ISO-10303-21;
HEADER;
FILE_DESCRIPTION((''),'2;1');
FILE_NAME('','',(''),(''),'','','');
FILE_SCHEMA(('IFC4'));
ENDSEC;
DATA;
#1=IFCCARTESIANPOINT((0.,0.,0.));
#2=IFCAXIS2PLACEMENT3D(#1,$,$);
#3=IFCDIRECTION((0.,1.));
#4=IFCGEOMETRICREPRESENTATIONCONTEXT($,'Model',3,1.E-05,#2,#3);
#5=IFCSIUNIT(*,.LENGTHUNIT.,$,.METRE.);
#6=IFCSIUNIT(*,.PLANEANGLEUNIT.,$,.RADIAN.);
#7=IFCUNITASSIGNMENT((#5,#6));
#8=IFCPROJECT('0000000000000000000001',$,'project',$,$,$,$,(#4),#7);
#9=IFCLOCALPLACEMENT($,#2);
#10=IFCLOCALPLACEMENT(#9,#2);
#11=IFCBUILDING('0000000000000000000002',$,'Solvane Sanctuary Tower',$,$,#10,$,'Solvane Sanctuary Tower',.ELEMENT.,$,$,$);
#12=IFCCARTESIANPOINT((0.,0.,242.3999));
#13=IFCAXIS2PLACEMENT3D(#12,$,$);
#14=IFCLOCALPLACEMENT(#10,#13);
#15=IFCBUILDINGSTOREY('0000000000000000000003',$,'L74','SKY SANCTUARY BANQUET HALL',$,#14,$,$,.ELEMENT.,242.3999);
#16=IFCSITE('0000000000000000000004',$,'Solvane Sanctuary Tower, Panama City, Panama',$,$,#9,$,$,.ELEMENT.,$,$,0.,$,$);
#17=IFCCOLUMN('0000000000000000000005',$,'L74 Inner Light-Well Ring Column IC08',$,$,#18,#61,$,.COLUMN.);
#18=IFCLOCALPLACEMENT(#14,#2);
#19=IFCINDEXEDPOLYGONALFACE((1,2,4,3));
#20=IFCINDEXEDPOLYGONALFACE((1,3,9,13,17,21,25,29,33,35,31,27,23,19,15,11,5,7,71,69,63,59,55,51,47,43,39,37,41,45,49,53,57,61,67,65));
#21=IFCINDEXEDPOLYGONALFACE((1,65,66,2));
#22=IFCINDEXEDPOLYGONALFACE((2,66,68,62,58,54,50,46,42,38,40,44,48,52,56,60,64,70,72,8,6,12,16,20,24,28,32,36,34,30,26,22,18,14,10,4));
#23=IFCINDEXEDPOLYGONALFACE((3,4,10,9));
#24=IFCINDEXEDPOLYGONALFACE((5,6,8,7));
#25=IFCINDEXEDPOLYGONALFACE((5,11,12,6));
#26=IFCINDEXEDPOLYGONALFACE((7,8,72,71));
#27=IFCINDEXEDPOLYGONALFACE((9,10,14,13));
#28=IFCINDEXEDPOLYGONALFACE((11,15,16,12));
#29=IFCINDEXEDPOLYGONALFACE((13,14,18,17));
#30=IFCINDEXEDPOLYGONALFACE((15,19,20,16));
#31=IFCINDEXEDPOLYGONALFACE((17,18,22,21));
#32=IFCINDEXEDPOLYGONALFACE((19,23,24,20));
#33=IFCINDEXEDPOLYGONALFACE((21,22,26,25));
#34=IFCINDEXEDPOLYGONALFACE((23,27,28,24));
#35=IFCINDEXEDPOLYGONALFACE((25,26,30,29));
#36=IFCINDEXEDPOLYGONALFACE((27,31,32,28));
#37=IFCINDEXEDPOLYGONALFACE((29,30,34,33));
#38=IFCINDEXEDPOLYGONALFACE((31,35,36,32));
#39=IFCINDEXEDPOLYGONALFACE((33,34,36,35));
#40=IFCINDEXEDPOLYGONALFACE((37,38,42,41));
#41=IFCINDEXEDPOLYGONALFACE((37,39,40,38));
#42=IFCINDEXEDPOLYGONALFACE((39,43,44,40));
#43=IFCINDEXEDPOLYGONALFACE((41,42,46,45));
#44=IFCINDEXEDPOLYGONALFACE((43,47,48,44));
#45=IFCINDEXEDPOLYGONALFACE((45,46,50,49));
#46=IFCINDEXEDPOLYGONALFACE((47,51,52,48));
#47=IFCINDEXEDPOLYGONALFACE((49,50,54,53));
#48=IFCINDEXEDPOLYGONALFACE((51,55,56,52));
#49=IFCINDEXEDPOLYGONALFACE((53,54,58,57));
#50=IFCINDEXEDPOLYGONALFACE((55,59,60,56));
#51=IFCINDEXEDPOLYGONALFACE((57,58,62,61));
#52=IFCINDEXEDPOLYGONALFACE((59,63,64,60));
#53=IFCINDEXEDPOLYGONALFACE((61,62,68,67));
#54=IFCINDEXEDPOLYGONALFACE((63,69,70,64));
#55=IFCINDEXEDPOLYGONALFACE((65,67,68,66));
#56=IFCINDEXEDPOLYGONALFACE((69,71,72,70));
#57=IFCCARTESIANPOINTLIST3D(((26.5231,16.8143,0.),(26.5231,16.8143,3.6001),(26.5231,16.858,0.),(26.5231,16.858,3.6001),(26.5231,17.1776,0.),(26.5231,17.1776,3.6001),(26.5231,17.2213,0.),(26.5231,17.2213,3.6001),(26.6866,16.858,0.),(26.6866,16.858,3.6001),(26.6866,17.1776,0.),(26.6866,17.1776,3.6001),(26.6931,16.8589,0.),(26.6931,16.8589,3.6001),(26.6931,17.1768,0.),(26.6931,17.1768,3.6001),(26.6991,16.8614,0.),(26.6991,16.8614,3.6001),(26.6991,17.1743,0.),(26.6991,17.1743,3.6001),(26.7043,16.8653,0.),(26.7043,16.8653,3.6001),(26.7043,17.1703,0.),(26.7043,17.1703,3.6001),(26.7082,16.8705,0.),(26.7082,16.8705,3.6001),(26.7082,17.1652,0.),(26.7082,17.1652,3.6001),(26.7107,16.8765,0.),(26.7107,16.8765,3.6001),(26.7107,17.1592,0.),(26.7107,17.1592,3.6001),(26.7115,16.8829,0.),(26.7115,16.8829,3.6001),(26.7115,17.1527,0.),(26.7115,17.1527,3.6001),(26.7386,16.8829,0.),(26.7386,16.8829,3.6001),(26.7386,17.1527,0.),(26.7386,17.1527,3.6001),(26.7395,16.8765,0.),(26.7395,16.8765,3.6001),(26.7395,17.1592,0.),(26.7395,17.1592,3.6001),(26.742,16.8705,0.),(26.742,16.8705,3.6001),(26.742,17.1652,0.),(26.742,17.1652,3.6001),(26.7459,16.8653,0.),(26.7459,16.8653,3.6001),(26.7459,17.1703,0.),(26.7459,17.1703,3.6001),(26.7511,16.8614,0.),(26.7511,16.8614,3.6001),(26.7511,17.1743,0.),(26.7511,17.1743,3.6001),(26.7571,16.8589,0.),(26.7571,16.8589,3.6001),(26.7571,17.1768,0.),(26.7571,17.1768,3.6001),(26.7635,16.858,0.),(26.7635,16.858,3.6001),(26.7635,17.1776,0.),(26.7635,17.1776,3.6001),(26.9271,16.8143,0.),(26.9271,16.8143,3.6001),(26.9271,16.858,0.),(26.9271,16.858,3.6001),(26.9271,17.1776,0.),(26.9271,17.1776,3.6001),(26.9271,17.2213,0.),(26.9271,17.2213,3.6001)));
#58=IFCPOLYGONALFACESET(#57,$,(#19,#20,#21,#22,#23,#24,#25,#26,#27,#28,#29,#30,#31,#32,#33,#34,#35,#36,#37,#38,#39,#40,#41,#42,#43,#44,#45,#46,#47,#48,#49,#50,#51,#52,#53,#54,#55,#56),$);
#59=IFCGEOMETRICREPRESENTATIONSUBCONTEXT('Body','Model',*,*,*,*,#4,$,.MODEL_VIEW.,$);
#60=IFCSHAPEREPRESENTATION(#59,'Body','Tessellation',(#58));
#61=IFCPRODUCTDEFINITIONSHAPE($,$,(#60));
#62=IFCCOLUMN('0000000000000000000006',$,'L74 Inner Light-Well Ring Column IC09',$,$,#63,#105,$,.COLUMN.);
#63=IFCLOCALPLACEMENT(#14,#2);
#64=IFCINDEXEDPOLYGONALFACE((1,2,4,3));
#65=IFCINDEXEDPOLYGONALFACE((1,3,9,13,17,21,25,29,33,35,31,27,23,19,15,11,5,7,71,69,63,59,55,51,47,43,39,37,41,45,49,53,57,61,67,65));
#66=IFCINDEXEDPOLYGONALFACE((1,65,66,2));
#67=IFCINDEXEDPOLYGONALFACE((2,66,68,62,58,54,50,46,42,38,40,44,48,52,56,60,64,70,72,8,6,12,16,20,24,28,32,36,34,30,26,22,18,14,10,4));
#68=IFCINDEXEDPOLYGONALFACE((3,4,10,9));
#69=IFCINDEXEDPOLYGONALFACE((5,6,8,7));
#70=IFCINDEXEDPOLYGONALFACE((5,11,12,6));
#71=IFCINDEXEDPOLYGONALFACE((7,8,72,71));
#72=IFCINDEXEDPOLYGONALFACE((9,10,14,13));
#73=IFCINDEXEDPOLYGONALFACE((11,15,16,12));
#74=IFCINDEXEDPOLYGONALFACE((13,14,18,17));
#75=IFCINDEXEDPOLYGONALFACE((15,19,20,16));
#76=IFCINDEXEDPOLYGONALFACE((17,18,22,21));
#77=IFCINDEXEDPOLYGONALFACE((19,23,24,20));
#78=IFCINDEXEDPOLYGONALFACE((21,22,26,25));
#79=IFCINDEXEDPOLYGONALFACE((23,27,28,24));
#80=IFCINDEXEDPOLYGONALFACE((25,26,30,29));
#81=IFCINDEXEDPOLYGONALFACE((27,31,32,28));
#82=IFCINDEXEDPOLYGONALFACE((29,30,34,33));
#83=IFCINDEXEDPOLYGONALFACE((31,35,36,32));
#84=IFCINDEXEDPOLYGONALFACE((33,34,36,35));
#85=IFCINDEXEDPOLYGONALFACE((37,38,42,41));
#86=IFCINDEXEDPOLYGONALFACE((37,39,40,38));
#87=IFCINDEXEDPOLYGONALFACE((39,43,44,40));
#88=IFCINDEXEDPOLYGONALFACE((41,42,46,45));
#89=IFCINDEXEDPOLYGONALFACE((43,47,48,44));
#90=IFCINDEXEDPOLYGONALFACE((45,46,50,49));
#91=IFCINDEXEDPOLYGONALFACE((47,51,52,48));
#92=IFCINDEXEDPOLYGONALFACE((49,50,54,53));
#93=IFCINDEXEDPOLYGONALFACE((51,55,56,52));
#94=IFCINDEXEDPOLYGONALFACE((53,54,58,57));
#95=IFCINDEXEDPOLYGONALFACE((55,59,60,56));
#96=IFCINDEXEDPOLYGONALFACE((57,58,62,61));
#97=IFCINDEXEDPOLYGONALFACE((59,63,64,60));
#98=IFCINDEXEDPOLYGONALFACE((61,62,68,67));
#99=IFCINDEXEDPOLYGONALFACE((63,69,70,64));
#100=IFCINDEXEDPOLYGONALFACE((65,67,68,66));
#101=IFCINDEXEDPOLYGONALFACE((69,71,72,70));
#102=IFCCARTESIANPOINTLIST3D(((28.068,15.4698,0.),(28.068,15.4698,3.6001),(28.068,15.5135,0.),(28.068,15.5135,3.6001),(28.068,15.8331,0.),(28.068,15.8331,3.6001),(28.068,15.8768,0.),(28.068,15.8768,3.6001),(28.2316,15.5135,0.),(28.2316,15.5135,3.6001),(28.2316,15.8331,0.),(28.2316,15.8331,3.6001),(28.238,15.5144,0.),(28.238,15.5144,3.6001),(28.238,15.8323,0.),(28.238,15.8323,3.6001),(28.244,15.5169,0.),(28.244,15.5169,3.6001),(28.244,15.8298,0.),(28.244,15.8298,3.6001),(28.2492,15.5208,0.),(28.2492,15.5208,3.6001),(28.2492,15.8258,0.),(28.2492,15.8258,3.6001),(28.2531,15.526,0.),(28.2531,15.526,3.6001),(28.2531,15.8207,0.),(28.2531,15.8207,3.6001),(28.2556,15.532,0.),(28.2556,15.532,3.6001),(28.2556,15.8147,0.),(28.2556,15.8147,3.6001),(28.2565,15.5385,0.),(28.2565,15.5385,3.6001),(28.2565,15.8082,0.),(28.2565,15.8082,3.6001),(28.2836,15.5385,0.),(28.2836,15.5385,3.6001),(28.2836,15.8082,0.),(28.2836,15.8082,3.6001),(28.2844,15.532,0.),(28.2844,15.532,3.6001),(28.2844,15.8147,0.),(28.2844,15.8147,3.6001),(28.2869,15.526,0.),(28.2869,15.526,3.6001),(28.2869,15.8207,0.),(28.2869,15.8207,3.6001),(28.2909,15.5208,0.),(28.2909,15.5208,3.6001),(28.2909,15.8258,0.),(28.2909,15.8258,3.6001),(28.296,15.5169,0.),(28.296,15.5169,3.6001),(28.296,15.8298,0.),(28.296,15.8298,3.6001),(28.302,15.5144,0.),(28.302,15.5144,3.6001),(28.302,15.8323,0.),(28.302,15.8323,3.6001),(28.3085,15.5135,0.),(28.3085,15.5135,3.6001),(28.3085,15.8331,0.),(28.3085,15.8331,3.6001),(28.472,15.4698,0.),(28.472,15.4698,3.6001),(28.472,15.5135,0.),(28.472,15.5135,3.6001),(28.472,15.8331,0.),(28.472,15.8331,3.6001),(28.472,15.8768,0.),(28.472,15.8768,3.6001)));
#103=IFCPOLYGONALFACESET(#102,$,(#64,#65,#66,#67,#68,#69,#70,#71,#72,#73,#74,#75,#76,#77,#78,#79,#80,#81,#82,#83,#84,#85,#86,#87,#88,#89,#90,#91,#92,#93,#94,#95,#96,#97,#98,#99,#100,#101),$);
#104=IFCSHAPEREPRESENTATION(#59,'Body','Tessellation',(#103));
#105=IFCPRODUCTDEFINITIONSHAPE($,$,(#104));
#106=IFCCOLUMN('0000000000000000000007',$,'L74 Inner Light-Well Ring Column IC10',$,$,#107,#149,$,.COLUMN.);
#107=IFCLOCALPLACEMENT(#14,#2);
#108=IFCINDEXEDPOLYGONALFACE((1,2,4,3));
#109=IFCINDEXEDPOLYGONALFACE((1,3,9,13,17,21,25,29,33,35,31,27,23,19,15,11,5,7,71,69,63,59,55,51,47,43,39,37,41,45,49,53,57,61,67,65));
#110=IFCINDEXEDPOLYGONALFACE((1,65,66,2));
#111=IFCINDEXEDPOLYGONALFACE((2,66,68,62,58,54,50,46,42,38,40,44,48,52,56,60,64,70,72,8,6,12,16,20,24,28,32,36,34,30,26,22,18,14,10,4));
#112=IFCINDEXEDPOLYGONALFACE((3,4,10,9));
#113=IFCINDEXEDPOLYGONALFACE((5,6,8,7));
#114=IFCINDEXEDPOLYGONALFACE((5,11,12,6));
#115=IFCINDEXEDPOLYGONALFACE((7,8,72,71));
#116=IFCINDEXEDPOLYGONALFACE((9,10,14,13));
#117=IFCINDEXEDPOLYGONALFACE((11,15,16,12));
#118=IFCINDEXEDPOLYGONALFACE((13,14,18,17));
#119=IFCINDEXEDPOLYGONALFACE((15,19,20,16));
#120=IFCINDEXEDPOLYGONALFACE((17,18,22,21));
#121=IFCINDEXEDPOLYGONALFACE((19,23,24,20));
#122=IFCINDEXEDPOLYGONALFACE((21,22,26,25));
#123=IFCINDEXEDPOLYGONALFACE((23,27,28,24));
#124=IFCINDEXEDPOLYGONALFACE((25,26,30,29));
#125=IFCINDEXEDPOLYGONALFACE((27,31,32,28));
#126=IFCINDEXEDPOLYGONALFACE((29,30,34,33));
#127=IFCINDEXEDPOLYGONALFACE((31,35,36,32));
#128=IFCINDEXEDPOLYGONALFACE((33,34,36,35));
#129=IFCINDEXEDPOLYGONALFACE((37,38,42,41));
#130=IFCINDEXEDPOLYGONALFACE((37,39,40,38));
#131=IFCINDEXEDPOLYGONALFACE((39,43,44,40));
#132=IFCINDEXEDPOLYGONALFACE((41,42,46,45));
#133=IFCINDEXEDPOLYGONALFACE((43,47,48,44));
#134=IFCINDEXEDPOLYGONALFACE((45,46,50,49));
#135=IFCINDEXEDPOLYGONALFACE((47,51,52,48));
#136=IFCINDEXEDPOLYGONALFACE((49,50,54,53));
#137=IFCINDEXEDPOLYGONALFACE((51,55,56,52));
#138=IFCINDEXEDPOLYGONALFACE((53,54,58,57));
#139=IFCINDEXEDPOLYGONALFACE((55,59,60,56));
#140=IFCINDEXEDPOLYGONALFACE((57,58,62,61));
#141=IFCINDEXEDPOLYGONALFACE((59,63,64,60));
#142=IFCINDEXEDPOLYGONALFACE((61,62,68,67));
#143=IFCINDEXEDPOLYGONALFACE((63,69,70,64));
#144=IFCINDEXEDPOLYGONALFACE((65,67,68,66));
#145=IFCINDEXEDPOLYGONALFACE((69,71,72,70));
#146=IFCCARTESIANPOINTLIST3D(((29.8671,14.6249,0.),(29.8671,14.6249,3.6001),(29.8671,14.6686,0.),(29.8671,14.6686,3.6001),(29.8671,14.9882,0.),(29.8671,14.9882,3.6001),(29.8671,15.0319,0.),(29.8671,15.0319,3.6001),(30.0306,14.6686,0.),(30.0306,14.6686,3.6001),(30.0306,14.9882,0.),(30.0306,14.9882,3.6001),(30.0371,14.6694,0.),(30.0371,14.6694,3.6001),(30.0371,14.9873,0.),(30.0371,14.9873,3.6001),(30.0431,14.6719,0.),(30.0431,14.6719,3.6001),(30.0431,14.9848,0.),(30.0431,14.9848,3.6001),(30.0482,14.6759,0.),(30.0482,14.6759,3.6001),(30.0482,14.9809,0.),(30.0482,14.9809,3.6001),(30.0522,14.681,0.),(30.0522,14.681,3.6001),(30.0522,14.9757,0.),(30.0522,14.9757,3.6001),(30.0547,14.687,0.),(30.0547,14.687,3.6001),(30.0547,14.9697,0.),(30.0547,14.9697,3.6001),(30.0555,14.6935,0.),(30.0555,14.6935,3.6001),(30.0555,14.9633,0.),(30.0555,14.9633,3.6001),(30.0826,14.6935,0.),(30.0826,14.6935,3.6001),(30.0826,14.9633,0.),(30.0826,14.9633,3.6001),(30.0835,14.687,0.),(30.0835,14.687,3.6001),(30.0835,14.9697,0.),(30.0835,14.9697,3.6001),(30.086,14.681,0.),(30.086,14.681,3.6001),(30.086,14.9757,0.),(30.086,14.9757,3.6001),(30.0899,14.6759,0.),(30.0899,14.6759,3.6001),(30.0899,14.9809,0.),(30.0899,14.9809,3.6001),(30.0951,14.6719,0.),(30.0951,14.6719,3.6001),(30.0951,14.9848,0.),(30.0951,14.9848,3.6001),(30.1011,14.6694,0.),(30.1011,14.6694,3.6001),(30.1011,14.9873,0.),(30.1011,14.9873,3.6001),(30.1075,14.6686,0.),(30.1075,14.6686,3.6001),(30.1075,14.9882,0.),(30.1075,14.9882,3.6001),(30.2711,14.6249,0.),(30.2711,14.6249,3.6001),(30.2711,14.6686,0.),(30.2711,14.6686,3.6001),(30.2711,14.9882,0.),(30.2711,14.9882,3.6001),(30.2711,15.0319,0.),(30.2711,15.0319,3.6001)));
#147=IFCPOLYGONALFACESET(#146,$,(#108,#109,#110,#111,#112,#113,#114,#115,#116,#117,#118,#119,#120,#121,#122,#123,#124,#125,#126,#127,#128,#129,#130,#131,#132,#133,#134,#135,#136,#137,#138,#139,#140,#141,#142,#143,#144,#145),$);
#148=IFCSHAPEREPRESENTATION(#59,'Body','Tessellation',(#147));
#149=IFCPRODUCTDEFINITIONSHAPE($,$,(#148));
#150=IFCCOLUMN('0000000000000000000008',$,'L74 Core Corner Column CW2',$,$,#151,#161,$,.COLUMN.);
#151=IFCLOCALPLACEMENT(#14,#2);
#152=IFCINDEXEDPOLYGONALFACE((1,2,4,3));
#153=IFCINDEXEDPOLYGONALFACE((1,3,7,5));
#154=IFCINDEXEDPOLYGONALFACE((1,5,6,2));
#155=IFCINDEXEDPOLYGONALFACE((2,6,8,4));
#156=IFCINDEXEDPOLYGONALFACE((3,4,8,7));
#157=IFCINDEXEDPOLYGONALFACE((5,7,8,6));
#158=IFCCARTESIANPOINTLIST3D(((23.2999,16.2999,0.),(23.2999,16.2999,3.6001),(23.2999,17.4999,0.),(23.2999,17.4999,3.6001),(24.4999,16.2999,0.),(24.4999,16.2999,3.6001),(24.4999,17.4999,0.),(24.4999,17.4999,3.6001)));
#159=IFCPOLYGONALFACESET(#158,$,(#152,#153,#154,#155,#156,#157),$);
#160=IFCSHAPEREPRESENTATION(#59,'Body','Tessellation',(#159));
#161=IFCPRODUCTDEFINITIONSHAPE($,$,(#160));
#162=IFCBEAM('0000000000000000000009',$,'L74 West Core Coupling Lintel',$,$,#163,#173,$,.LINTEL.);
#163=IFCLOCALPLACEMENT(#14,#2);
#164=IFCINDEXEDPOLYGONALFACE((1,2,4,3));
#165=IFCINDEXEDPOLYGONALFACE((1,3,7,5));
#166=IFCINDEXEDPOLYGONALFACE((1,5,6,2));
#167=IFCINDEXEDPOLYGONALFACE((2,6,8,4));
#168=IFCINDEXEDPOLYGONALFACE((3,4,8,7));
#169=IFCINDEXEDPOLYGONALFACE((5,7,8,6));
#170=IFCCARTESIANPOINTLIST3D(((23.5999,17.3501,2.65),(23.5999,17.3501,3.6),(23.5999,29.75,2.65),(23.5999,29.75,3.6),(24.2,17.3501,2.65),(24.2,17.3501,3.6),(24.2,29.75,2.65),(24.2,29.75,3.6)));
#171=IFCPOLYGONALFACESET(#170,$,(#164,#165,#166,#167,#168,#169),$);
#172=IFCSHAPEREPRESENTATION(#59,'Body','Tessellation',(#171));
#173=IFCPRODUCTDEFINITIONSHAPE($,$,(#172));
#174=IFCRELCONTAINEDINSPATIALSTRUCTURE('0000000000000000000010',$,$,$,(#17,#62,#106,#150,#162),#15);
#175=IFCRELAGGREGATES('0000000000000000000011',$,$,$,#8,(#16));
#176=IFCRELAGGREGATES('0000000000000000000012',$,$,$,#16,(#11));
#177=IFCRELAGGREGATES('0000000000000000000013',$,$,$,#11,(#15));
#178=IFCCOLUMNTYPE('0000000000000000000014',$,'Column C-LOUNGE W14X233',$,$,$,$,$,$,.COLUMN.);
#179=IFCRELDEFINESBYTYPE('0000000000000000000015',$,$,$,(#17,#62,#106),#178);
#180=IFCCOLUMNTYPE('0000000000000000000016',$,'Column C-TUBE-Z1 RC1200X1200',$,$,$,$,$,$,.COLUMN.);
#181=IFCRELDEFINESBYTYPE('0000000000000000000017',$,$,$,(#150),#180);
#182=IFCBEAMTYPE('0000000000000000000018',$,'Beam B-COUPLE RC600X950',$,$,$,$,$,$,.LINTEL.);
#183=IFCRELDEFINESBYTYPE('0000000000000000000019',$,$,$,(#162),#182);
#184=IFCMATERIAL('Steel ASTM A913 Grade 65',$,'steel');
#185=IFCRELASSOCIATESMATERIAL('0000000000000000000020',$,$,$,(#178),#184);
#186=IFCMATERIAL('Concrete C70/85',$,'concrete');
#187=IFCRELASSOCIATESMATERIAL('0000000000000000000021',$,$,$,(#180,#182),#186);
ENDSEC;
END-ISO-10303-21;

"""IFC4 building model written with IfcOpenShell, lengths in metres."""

from ifc_helpers import new_model, si_unit, direction, frame, origin, origin_2d, place, context, subcontext, project, spatial, rectangle, i_section, extrude, material, material_profile, profile_set, type_object, element, save


model = new_model("IFC4")

# Units and contexts
model_context = context("Model", 3, precision=1e-05, world=origin(), true_north=direction((0.0, 1.0)))
body_context = subcontext(model_context, "Body", "Model", "MODEL_VIEW")
ifc_project = project(units=[si_unit("LENGTHUNIT", "METRE"), si_unit("PLANEANGLEUNIT", "RADIAN")], contexts=[model_context])

# Site, building, storey
site_placement = place(None, origin())
site = spatial("IfcSite", under=ifc_project, at=site_placement, Name="Solvane Sanctuary Tower, Panama City, Panama", CompositionType="ELEMENT", RefElevation=0.0)
building_placement = place(site_placement, origin())
building = spatial("IfcBuilding", under=site, at=building_placement, Name="Solvane Sanctuary Tower", LongName="Solvane Sanctuary Tower", CompositionType="ELEMENT")
storey_placement = place(building_placement, frame((0.0, 0.0, 242.3999)))
storey = spatial("IfcBuildingStorey", under=building, at=storey_placement, Name="L74", Description="SKY SANCTUARY BANQUET HALL", CompositionType="ELEMENT", Elevation=242.3999)

# Columns
ifc_material_1 = material(Name="Steel ASTM A913 Grade 65", Category="steel")
ifc_material_profile_1 = material_profile(ifc_material_1, i_section(OverallWidth=0.4041, OverallDepth=0.407, WebThickness=0.0271, FlangeThickness=0.0437, FilletRadius=0.0249, at=origin_2d()), Name="W14X233")
ifc_profile_set_1 = profile_set([ifc_material_profile_1], Name="Steel ASTM A913 Grade 65")
column_type_1 = type_object("IfcColumnType", Name="Column C-LOUNGE W14X233", PredefinedType="COLUMN", material=ifc_profile_set_1)
for number, where, z_axis, x_axis, name in (
    (1, (26.7251, 17.0178, 0.0), (0.0, 0.0, 1.0), (1.0, 0.0, 0.0), "L74 Inner Light-Well Ring Column IC08"),
    (2, (28.27, 15.6733, 0.0), (0.0, 0.0, 1.0), (1.0, 0.0, 0.0), "L74 Inner Light-Well Ring Column IC09"),
    (3, (30.0691, 14.8284, 0.0), (0.0, 0.0, 1.0), (1.0, 0.0, 0.0), "L74 Inner Light-Well Ring Column IC10"),
):
    element("IfcColumn", number, at=place(storey_placement, frame(where, z_axis=z_axis, x_axis=x_axis)), inside=storey, type_object=column_type_1, Name=name, PredefinedType="COLUMN", context=body_context, shape_type="SweptSolid", body=[
        extrude(i_section(OverallWidth=0.4041, OverallDepth=0.407, WebThickness=0.0271, FlangeThickness=0.0437, FilletRadius=0.0249, at=origin_2d()), origin(), (0.0, 0.0, 1.0), 3.6001),
    ])
ifc_material_2 = material(Name="Concrete C70/85", Category="concrete")
ifc_material_profile_2 = material_profile(ifc_material_2, rectangle(XDim=1.2, YDim=1.2, at=origin_2d()), Name="RC1200X1200")
ifc_profile_set_2 = profile_set([ifc_material_profile_2], Name="Concrete C70/85")
column_type_2 = type_object("IfcColumnType", Name="Column C-TUBE-Z1 RC1200X1200", PredefinedType="COLUMN", material=ifc_profile_set_2)
column_placement = place(storey_placement, frame((23.8999, 16.8999, 0.0), z_axis=(0.0, 0.0, 1.0), x_axis=(1.0, 0.0, 0.0)))
element("IfcColumn", 4, at=column_placement, inside=storey, type_object=column_type_2, Name="L74 Core Corner Column CW2", PredefinedType="COLUMN", context=body_context, shape_type="SweptSolid", body=[
    extrude(rectangle(XDim=1.2, YDim=1.2, at=origin_2d()), origin(), (0.0, 0.0, 1.0), 3.6001),
])

# Beam
ifc_material_profile_3 = material_profile(ifc_material_2, rectangle(XDim=0.6001, YDim=0.95, at=origin_2d()), Name="RC600X950")
ifc_profile_set_3 = profile_set([ifc_material_profile_3], Name="Concrete C70/85")
beam_type_1 = type_object("IfcBeamType", Name="Beam B-COUPLE RC600X950", PredefinedType="LINTEL", material=ifc_profile_set_3)
beam_1_placement = place(storey_placement, frame((23.8999, 17.3501, 3.125), z_axis=(0.0, 1.0, 0.0), x_axis=(-1.0, 0.0, 0.0)))
element("IfcBeam", 5, at=beam_1_placement, inside=storey, type_object=beam_type_1, Name="L74 West Core Coupling Lintel", PredefinedType="LINTEL", context=body_context, shape_type="SweptSolid", body=[
    extrude(rectangle(XDim=0.6001, YDim=0.95, at=origin_2d()), origin(), (0.0, 0.0, 1.0), 12.3999),
])

save(model, "model.ifc")
